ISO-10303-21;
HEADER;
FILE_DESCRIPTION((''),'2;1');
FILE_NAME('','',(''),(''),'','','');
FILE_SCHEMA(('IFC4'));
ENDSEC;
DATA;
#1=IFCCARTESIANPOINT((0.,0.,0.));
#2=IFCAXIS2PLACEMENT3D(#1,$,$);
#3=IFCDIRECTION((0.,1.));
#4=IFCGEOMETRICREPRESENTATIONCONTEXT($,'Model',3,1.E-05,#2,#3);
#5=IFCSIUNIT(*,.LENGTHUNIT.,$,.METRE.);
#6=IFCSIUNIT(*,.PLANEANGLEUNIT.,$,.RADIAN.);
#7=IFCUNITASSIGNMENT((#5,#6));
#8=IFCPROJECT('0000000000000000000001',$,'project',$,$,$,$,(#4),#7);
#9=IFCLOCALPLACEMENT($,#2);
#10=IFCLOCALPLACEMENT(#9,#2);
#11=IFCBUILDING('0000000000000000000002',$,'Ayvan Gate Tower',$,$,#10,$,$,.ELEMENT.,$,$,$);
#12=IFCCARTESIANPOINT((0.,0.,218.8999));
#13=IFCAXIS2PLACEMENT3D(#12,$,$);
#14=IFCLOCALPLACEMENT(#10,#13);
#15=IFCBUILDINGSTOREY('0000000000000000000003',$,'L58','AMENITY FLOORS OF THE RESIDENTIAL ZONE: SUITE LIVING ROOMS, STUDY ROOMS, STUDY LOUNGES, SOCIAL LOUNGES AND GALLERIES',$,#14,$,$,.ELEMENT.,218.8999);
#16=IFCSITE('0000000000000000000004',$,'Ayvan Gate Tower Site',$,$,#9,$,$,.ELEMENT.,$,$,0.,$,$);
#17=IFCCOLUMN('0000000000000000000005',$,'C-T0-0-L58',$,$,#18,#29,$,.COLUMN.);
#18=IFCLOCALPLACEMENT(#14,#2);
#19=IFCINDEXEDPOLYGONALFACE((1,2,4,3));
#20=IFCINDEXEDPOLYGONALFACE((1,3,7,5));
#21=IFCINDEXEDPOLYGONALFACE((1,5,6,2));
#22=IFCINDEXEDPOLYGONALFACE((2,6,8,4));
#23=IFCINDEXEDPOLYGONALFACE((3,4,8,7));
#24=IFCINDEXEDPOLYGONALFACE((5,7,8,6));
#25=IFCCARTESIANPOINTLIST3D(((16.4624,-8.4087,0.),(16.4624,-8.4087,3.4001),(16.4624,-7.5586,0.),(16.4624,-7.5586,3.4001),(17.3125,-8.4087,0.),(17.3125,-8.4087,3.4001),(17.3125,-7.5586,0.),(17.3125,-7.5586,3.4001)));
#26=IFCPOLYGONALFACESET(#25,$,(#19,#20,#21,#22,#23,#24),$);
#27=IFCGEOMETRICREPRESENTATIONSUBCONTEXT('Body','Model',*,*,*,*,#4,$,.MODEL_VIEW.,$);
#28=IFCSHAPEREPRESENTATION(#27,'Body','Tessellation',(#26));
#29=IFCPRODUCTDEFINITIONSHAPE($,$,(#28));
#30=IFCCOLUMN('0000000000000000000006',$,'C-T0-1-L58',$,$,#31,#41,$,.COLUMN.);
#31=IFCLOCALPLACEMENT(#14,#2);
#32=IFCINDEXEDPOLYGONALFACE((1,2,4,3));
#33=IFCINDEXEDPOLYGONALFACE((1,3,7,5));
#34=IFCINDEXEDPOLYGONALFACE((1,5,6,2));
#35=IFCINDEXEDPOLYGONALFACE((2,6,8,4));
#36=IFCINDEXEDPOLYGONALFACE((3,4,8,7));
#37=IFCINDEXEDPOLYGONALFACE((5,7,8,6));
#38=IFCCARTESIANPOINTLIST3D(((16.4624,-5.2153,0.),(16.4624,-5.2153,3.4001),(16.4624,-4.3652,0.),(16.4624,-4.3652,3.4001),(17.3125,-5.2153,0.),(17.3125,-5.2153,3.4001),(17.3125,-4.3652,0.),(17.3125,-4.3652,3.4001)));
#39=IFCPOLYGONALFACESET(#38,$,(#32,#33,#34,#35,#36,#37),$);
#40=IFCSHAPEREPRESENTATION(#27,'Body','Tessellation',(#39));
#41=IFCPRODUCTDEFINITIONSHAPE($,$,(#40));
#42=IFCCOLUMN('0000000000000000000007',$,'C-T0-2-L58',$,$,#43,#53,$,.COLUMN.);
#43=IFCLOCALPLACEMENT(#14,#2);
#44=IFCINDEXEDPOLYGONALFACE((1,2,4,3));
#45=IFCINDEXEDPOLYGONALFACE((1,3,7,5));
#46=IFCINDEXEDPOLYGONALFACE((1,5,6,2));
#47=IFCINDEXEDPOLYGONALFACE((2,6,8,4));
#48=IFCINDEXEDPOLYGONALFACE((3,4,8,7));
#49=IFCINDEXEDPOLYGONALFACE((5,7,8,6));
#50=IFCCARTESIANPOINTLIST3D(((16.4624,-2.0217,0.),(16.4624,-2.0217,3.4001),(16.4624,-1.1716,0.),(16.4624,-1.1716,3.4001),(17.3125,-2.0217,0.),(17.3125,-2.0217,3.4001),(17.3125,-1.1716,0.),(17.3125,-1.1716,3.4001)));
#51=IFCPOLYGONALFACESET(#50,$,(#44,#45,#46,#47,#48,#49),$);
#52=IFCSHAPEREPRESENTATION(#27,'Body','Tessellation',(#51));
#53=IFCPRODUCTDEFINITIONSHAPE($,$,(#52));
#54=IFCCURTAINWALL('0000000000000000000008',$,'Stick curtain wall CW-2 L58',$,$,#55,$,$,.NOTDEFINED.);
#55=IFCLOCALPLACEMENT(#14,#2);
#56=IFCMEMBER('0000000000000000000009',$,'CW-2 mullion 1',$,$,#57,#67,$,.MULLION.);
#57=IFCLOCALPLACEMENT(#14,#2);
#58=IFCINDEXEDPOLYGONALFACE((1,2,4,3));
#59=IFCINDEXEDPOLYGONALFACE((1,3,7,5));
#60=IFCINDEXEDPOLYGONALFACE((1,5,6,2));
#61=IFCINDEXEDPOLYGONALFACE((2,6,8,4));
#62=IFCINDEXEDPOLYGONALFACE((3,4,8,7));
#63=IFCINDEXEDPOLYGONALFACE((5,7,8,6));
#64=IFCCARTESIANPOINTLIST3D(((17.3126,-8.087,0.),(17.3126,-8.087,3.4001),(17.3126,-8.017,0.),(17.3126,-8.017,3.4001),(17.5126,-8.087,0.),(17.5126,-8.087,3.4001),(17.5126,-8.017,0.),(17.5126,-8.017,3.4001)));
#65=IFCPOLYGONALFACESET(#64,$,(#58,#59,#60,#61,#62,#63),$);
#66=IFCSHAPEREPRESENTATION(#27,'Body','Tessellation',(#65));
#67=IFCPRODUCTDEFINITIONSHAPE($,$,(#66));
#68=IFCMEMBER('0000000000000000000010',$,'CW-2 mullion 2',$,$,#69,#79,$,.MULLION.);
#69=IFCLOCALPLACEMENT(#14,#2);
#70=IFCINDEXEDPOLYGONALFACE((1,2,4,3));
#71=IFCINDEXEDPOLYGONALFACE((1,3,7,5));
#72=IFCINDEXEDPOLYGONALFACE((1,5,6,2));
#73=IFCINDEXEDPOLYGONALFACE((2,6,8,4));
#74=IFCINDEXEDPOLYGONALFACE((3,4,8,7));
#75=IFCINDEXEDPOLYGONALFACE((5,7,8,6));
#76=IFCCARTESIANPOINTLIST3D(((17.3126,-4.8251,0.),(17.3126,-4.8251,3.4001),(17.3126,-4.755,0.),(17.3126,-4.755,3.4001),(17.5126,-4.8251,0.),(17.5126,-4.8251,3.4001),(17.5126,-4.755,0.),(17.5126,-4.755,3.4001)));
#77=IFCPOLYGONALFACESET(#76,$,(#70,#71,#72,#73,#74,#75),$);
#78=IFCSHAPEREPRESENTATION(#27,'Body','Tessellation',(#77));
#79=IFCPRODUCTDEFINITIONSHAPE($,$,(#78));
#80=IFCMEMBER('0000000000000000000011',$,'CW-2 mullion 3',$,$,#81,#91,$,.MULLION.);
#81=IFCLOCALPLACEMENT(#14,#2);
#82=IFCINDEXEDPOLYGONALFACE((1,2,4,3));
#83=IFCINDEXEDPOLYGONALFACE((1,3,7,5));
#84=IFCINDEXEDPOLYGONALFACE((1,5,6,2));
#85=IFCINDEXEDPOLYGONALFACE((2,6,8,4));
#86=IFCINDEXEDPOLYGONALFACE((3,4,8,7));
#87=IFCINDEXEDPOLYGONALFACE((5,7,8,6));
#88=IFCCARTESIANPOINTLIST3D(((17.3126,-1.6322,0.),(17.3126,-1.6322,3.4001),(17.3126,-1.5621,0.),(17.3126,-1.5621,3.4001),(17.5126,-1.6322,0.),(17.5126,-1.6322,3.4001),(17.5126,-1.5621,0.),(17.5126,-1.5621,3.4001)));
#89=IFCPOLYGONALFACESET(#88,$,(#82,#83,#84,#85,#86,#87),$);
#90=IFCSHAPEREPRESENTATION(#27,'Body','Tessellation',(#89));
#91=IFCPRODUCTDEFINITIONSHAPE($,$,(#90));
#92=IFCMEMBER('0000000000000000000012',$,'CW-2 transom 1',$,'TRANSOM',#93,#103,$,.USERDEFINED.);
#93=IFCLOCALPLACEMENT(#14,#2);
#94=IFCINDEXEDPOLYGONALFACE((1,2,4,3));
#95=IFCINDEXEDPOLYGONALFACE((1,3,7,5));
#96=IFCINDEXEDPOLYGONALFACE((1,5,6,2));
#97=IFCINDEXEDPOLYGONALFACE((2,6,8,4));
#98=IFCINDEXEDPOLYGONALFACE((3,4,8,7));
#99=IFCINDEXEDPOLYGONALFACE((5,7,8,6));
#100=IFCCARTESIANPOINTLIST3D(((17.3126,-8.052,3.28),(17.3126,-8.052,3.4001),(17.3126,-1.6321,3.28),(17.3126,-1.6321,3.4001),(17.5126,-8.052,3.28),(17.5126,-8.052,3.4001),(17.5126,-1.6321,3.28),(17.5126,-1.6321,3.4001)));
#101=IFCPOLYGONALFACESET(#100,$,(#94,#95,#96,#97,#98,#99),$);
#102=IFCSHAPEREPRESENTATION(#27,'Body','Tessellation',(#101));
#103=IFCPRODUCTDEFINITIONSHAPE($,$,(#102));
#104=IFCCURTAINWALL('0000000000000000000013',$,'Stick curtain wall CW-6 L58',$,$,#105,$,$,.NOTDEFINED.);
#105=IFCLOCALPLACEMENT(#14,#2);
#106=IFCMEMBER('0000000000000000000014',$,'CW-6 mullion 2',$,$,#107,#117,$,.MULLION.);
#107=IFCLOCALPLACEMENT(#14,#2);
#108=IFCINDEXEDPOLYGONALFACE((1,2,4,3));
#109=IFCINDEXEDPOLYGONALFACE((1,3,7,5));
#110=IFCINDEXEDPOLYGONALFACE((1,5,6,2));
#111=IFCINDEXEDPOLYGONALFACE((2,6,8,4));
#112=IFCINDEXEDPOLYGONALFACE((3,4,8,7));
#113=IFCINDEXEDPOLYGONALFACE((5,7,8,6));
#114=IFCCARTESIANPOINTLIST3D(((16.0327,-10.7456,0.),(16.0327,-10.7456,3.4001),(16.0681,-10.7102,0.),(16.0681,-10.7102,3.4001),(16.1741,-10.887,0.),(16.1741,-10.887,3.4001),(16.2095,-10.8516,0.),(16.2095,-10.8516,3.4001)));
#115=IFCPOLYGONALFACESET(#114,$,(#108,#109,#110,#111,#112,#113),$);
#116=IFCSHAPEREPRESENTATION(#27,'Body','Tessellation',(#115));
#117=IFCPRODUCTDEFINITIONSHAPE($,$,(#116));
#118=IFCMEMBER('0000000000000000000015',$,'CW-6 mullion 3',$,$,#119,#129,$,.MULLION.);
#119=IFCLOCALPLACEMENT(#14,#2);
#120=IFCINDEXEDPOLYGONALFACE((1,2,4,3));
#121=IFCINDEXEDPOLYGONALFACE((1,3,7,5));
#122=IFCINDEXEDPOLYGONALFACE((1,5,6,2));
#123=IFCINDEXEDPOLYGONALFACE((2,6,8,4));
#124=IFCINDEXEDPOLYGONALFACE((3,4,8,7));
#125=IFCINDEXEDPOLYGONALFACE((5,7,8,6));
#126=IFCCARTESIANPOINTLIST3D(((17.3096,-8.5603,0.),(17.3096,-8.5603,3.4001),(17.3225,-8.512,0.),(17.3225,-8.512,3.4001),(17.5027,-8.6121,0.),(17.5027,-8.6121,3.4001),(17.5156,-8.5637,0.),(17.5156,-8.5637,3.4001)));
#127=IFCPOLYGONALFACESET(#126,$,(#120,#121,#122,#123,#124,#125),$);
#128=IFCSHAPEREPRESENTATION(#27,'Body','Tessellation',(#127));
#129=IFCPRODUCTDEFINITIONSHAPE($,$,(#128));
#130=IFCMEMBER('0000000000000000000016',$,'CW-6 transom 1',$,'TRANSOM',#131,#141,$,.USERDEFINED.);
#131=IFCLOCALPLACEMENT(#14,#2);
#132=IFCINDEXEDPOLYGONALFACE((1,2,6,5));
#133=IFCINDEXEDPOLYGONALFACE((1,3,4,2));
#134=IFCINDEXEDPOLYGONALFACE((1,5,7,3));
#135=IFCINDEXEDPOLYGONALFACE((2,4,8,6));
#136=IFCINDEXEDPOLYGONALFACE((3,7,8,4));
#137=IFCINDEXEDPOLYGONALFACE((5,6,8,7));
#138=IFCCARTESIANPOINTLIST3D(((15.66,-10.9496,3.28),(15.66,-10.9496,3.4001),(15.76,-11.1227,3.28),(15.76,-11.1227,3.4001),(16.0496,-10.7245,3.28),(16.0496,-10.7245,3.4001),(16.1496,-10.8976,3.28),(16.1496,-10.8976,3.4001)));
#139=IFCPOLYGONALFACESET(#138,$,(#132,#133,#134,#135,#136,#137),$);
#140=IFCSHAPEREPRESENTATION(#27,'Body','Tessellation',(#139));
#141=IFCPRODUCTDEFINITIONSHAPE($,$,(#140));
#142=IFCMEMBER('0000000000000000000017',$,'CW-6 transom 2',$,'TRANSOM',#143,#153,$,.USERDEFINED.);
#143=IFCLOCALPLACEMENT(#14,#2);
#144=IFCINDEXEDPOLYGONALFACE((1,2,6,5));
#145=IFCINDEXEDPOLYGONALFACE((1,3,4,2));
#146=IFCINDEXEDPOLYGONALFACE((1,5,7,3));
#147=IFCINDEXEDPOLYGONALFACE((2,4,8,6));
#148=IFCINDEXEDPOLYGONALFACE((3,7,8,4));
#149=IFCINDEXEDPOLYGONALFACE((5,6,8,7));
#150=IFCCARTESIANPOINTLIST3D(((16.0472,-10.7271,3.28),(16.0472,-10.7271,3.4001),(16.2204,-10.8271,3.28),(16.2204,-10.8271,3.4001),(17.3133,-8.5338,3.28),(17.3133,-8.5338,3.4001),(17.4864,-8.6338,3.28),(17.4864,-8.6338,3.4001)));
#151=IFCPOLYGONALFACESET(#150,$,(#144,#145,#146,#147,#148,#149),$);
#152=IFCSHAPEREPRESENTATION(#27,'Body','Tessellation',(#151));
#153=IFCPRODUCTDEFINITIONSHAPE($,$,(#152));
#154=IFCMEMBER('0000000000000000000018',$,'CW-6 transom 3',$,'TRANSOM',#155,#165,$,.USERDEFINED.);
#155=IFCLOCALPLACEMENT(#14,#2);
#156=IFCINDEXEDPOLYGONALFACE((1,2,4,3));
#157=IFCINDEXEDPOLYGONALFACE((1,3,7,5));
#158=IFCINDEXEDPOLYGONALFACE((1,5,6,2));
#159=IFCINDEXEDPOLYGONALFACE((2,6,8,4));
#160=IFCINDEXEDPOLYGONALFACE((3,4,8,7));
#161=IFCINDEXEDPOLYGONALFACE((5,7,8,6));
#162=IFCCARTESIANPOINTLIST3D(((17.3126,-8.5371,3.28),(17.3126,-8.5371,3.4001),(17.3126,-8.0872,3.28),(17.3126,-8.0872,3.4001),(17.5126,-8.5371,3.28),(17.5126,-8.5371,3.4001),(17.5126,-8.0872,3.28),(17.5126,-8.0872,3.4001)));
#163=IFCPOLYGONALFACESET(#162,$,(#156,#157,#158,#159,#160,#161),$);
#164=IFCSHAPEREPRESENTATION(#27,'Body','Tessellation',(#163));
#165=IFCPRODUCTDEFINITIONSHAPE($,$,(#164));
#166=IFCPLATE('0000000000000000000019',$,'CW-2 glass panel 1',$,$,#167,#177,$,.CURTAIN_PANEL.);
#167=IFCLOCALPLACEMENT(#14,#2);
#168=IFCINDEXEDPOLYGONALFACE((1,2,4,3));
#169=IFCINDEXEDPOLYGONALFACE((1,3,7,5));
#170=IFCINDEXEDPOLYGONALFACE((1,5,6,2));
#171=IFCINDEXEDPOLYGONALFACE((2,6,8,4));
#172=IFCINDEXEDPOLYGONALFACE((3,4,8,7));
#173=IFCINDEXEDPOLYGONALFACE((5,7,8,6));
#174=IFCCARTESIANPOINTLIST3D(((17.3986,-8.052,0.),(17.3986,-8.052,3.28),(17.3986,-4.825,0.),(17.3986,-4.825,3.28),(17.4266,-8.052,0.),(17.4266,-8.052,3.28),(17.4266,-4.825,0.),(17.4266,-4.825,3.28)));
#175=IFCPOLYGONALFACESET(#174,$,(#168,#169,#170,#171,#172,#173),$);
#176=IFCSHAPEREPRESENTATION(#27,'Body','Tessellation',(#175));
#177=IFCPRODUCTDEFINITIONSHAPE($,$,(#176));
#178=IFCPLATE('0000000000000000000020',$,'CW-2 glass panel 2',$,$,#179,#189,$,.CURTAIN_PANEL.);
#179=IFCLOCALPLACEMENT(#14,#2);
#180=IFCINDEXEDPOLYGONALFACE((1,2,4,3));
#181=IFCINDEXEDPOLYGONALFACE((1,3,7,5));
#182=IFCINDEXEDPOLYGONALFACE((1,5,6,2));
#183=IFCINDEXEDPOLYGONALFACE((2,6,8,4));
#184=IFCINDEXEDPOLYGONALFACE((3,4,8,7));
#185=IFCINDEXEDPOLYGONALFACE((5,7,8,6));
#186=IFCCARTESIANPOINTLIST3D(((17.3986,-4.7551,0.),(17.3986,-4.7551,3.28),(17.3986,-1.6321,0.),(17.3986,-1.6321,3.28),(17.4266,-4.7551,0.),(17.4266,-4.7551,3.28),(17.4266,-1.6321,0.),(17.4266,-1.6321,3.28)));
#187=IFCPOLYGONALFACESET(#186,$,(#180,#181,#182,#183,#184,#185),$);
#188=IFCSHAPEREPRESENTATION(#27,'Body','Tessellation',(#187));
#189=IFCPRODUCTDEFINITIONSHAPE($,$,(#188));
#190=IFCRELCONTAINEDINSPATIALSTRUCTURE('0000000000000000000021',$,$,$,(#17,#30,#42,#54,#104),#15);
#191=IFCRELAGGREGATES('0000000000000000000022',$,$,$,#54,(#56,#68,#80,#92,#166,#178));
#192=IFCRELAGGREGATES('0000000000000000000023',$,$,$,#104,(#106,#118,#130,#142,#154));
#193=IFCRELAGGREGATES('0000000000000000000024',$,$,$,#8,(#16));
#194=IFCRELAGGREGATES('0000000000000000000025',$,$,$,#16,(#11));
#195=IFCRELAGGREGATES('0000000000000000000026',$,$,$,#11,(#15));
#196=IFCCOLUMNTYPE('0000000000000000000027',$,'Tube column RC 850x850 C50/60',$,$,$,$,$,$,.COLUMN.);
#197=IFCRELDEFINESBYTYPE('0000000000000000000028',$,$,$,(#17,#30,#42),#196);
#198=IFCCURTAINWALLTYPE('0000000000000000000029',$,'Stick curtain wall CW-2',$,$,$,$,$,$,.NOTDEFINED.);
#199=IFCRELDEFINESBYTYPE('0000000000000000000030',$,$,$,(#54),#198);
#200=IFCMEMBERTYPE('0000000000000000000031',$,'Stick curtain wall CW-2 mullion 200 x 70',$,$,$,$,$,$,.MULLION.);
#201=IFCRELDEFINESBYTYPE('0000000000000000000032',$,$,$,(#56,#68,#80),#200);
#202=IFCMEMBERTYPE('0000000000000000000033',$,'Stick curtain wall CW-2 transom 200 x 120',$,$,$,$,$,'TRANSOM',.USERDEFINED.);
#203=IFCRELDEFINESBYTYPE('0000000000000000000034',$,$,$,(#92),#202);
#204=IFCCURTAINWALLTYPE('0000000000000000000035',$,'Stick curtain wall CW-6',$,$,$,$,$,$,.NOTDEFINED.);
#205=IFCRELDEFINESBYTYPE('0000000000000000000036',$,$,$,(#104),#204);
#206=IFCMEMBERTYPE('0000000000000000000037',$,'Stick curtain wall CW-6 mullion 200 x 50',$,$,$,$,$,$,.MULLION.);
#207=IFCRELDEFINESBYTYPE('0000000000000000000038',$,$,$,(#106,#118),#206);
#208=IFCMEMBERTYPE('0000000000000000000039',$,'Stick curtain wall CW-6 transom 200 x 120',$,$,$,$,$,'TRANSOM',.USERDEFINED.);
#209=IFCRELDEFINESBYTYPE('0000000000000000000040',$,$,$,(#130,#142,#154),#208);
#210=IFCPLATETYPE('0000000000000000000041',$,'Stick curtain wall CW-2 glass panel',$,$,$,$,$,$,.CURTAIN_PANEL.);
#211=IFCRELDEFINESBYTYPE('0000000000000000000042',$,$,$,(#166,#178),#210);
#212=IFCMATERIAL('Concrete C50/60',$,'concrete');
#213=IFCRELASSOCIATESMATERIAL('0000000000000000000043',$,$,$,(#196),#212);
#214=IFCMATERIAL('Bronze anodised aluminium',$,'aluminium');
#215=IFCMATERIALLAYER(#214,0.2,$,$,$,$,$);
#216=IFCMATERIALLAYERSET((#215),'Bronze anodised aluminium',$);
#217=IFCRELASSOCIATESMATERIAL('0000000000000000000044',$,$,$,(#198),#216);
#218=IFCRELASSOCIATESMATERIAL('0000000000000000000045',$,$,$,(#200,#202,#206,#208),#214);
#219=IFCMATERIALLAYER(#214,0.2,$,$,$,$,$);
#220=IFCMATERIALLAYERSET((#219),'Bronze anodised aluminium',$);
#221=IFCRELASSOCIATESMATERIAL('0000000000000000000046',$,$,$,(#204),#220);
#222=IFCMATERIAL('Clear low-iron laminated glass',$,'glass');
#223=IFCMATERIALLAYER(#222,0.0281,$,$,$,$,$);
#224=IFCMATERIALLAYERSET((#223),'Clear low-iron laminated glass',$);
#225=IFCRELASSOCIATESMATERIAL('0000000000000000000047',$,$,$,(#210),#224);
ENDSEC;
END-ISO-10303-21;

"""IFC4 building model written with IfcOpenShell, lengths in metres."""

from ifc_helpers import new_model, si_unit, direction, frame, origin, origin_2d, place, context, subcontext, project, spatial, rectangle, extrude, material, layer, layer_set, material_profile, profile_set, type_object, element, aggregate, save


model = new_model("IFC4")

# Units and contexts
model_context = context("Model", 3, precision=1e-05, world=origin(), true_north=direction((0.0, 1.0)))
body_context = subcontext(model_context, "Body", "Model", "MODEL_VIEW")
ifc_project = project(units=[si_unit("LENGTHUNIT", "METRE"), si_unit("PLANEANGLEUNIT", "RADIAN")], contexts=[model_context])

# Site, building, storey
site_placement = place(None, origin())
site = spatial("IfcSite", under=ifc_project, at=site_placement, Name="Ayvan Gate Tower Site", CompositionType="ELEMENT", RefElevation=0.0)
building_placement = place(site_placement, origin())
building = spatial("IfcBuilding", under=site, at=building_placement, Name="Ayvan Gate Tower", CompositionType="ELEMENT")
storey_placement = place(building_placement, frame((0.0, 0.0, 218.8999)))
storey = spatial("IfcBuildingStorey", under=building, at=storey_placement, Name="L58", Description="AMENITY FLOORS OF THE RESIDENTIAL ZONE: SUITE LIVING ROOMS, STUDY ROOMS, STUDY LOUNGES, SOCIAL LOUNGES AND GALLERIES", CompositionType="ELEMENT", Elevation=218.8999)

# Columns
ifc_material_1 = material(Name="Concrete C50/60", Category="concrete")
ifc_material_profile_1 = material_profile(ifc_material_1, rectangle(XDim=0.8501, YDim=0.8501, at=origin_2d()), Name="RC 850x850")
ifc_profile_set_1 = profile_set([ifc_material_profile_1], Name="Concrete C50/60")
column_type = type_object("IfcColumnType", Name="Tube column RC 850x850 C50/60", PredefinedType="COLUMN", material=ifc_profile_set_1)
for number, where, z_axis, x_axis, name in (
    (1, (16.8875, -7.9836, 0.0), (0.0, 0.0, 1.0), (1.0, 0.0, 0.0), "C-T0-0-L58"),
    (2, (16.8875, -4.7903, 0.0), (0.0, 0.0, 1.0), (1.0, 0.0, 0.0), "C-T0-1-L58"),
    (3, (16.8875, -1.5967, 0.0), (0.0, 0.0, 1.0), (1.0, 0.0, 0.0), "C-T0-2-L58"),
):
    element("IfcColumn", number, at=place(storey_placement, frame(where, z_axis=z_axis, x_axis=x_axis)), inside=storey, type_object=column_type, Name=name, PredefinedType="COLUMN", context=body_context, shape_type="SweptSolid", body=[
        extrude(rectangle(XDim=0.8501, YDim=0.8501, at=origin_2d()), origin(), (0.0, 0.0, 1.0), 3.4001),
    ])

# Curtain walls, members
ifc_material_2 = material(Name="Bronze anodised aluminium", Category="aluminium")
ifc_layer_1 = layer(ifc_material_2, 0.2)
ifc_layer_set_1 = layer_set([ifc_layer_1], Name="Bronze anodised aluminium")
curtain_wall_type_1 = type_object("IfcCurtainWallType", Name="Stick curtain wall CW-2", PredefinedType="NOTDEFINED", material=ifc_layer_set_1)
curtain_wall_1_placement = place(storey_placement, origin())
curtain_wall_1 = element("IfcCurtainWall", 4, at=curtain_wall_1_placement, inside=storey, type_object=curtain_wall_type_1, Name="Stick curtain wall CW-2 L58", PredefinedType="NOTDEFINED")
ifc_material_profile_2 = material_profile(ifc_material_2, rectangle(XDim=0.2, YDim=0.0701, at=origin_2d()), Name="Stick curtain wall CW-2 mullion 200 x 70")
ifc_profile_set_2 = profile_set([ifc_material_profile_2], Name="Bronze anodised aluminium")
member_type_1 = type_object("IfcMemberType", Name="Stick curtain wall CW-2 mullion 200 x 70", PredefinedType="MULLION", material=ifc_profile_set_2)
member_1_placement = place(storey_placement, frame((17.4126, -8.052, 0.0), z_axis=(0.0, 0.0, 1.0), x_axis=(1.0, 0.0, 0.0)))
member_1 = element("IfcMember", 5, at=member_1_placement, type_object=member_type_1, Name="CW-2 mullion 1", PredefinedType="MULLION", context=body_context, shape_type="SweptSolid", body=[
    extrude(rectangle(XDim=0.2, YDim=0.0701, at=origin_2d()), origin(), (0.0, 0.0, 1.0), 3.4001),
])
member_2_placement = place(storey_placement, frame((17.4126, -4.79, 0.0), z_axis=(0.0, 0.0, 1.0), x_axis=(1.0, 0.0, 0.0)))
member_2 = element("IfcMember", 6, at=member_2_placement, type_object=member_type_1, Name="CW-2 mullion 2", PredefinedType="MULLION", context=body_context, shape_type="SweptSolid", body=[
    extrude(rectangle(XDim=0.2, YDim=0.0701, at=origin_2d()), origin(), (0.0, 0.0, 1.0), 3.4001),
])
member_3_placement = place(storey_placement, frame((17.4126, -1.5972, 0.0), z_axis=(0.0, 0.0, 1.0), x_axis=(1.0, 0.0, 0.0)))
member_3 = element("IfcMember", 7, at=member_3_placement, type_object=member_type_1, Name="CW-2 mullion 3", PredefinedType="MULLION", context=body_context, shape_type="SweptSolid", body=[
    extrude(rectangle(XDim=0.2, YDim=0.0701, at=origin_2d()), origin(), (0.0, 0.0, 1.0), 3.4001),
])
ifc_material_profile_3 = material_profile(ifc_material_2, rectangle(XDim=0.2, YDim=0.1201, at=origin_2d()), Name="Stick curtain wall CW-2 transom 200 x 120")
ifc_profile_set_3 = profile_set([ifc_material_profile_3], Name="Bronze anodised aluminium")
member_type_2 = type_object("IfcMemberType", Name="Stick curtain wall CW-2 transom 200 x 120", ElementType="TRANSOM", PredefinedType="USERDEFINED", material=ifc_profile_set_3)
member_4_placement = place(storey_placement, frame((17.4126, -8.052, 3.3401), z_axis=(0.0, 1.0, 0.0), x_axis=(-1.0, 0.0, 0.0)))
member_4 = element("IfcMember", 8, at=member_4_placement, type_object=member_type_2, Name="CW-2 transom 1", ObjectType="TRANSOM", PredefinedType="USERDEFINED", context=body_context, shape_type="SweptSolid", body=[
    extrude(rectangle(XDim=0.2, YDim=0.1201, at=origin_2d()), origin(), (0.0, 0.0, 1.0), 6.4199),
])
ifc_layer_2 = layer(ifc_material_2, 0.2)
ifc_layer_set_2 = layer_set([ifc_layer_2], Name="Bronze anodised aluminium")
curtain_wall_type_2 = type_object("IfcCurtainWallType", Name="Stick curtain wall CW-6", PredefinedType="NOTDEFINED", material=ifc_layer_set_2)
curtain_wall_2_placement = place(storey_placement, origin())
curtain_wall_2 = element("IfcCurtainWall", 9, at=curtain_wall_2_placement, inside=storey, type_object=curtain_wall_type_2, Name="Stick curtain wall CW-6 L58", PredefinedType="NOTDEFINED")
ifc_material_profile_4 = material_profile(ifc_material_2, rectangle(XDim=0.2, YDim=0.05, at=origin_2d()), Name="Stick curtain wall CW-6 mullion 200 x 50")
ifc_profile_set_4 = profile_set([ifc_material_profile_4], Name="Bronze anodised aluminium")
member_type_3 = type_object("IfcMemberType", Name="Stick curtain wall CW-6 mullion 200 x 50", PredefinedType="MULLION", material=ifc_profile_set_4)
member_5_placement = place(storey_placement, frame((16.1211, -10.7986, 0.0), z_axis=(0.0, 0.0, 1.0), x_axis=(0.707107, -0.707107, 0.0)))
member_5 = element("IfcMember", 10, at=member_5_placement, type_object=member_type_3, Name="CW-6 mullion 2", PredefinedType="MULLION", context=body_context, shape_type="SweptSolid", body=[
    extrude(rectangle(XDim=0.2, YDim=0.05, at=origin_2d()), origin(), (0.0, 0.0, 1.0), 3.4001),
])
member_6_placement = place(storey_placement, frame((17.4126, -8.562, 0.0), z_axis=(0.0, 0.0, 1.0), x_axis=(0.965926, -0.258819, 0.0)))
member_6 = element("IfcMember", 11, at=member_6_placement, type_object=member_type_3, Name="CW-6 mullion 3", PredefinedType="MULLION", context=body_context, shape_type="SweptSolid", body=[
    extrude(rectangle(XDim=0.2, YDim=0.05, at=origin_2d()), origin(), (0.0, 0.0, 1.0), 3.4001),
])
ifc_material_profile_5 = material_profile(ifc_material_2, rectangle(XDim=0.2, YDim=0.1201, at=origin_2d()), Name="Stick curtain wall CW-6 transom 200 x 120")
ifc_profile_set_5 = profile_set([ifc_material_profile_5], Name="Bronze anodised aluminium")
member_type_4 = type_object("IfcMemberType", Name="Stick curtain wall CW-6 transom 200 x 120", ElementType="TRANSOM", PredefinedType="USERDEFINED", material=ifc_profile_set_5)
member_7_placement = place(storey_placement, frame((15.71, -11.0361, 3.3401), z_axis=(0.865896, 0.500223, 0.0), x_axis=(-0.500223, 0.865896, 0.0)))
member_7 = element("IfcMember", 12, at=member_7_placement, type_object=member_type_4, Name="CW-6 transom 1", ObjectType="TRANSOM", PredefinedType="USERDEFINED", context=body_context, shape_type="SweptSolid", body=[
    extrude(rectangle(XDim=0.2, YDim=0.1201, at=origin_2d()), origin(), (0.0, 0.0, 1.0), 0.45),
])
member_8_placement = place(storey_placement, frame((16.1338, -10.7771, 3.3401), z_axis=(0.499934, 0.866064, 0.0), x_axis=(-0.866064, 0.499934, 0.0)))
member_8 = element("IfcMember", 13, at=member_8_placement, type_object=member_type_4, Name="CW-6 transom 2", ObjectType="TRANSOM", PredefinedType="USERDEFINED", context=body_context, shape_type="SweptSolid", body=[
    extrude(rectangle(XDim=0.2, YDim=0.1201, at=origin_2d()), origin(), (0.0, 0.0, 1.0), 2.5325),
])
member_9_placement = place(storey_placement, frame((17.4126, -8.5371, 3.3401), z_axis=(0.0, 1.0, 0.0), x_axis=(-1.0, 0.0, 0.0)))
member_9 = element("IfcMember", 14, at=member_9_placement, type_object=member_type_4, Name="CW-6 transom 3", ObjectType="TRANSOM", PredefinedType="USERDEFINED", context=body_context, shape_type="SweptSolid", body=[
    extrude(rectangle(XDim=0.2, YDim=0.1201, at=origin_2d()), origin(), (0.0, 0.0, 1.0), 0.45),
])

# Plates
ifc_material_3 = material(Name="Clear low-iron laminated glass", Category="glass")
ifc_layer_3 = layer(ifc_material_3, 0.0281)
ifc_layer_set_3 = layer_set([ifc_layer_3], Name="Clear low-iron laminated glass")
plate_type_1 = type_object("IfcPlateType", Name="Stick curtain wall CW-2 glass panel", PredefinedType="CURTAIN_PANEL", material=ifc_layer_set_3)
plate_1_placement = place(storey_placement, frame((17.4126, -6.4385, 0.0), z_axis=(0.0, 0.0, 1.0), x_axis=(0.0, 1.0, 0.0)))
plate_1 = element("IfcPlate", 15, at=plate_1_placement, type_object=plate_type_1, Name="CW-2 glass panel 1", PredefinedType="CURTAIN_PANEL", context=body_context, shape_type="SweptSolid", body=[
    extrude(rectangle(XDim=3.2271, YDim=0.0281, at=origin_2d()), origin(), (0.0, 0.0, 1.0), 3.28),
])
plate_2_placement = place(storey_placement, frame((17.4126, -3.1936, 0.0), z_axis=(0.0, 0.0, 1.0), x_axis=(0.0, 1.0, 0.0)))
plate_2 = element("IfcPlate", 16, at=plate_2_placement, type_object=plate_type_1, Name="CW-2 glass panel 2", PredefinedType="CURTAIN_PANEL", context=body_context, shape_type="SweptSolid", body=[
    extrude(rectangle(XDim=3.123, YDim=0.0281, at=origin_2d()), origin(), (0.0, 0.0, 1.0), 3.28),
])
aggregate(curtain_wall_1, [member_1, member_2, member_3, member_4, plate_1, plate_2])
aggregate(curtain_wall_2, [member_5, member_6, member_7, member_8, member_9])

save(model, "model.ifc")
